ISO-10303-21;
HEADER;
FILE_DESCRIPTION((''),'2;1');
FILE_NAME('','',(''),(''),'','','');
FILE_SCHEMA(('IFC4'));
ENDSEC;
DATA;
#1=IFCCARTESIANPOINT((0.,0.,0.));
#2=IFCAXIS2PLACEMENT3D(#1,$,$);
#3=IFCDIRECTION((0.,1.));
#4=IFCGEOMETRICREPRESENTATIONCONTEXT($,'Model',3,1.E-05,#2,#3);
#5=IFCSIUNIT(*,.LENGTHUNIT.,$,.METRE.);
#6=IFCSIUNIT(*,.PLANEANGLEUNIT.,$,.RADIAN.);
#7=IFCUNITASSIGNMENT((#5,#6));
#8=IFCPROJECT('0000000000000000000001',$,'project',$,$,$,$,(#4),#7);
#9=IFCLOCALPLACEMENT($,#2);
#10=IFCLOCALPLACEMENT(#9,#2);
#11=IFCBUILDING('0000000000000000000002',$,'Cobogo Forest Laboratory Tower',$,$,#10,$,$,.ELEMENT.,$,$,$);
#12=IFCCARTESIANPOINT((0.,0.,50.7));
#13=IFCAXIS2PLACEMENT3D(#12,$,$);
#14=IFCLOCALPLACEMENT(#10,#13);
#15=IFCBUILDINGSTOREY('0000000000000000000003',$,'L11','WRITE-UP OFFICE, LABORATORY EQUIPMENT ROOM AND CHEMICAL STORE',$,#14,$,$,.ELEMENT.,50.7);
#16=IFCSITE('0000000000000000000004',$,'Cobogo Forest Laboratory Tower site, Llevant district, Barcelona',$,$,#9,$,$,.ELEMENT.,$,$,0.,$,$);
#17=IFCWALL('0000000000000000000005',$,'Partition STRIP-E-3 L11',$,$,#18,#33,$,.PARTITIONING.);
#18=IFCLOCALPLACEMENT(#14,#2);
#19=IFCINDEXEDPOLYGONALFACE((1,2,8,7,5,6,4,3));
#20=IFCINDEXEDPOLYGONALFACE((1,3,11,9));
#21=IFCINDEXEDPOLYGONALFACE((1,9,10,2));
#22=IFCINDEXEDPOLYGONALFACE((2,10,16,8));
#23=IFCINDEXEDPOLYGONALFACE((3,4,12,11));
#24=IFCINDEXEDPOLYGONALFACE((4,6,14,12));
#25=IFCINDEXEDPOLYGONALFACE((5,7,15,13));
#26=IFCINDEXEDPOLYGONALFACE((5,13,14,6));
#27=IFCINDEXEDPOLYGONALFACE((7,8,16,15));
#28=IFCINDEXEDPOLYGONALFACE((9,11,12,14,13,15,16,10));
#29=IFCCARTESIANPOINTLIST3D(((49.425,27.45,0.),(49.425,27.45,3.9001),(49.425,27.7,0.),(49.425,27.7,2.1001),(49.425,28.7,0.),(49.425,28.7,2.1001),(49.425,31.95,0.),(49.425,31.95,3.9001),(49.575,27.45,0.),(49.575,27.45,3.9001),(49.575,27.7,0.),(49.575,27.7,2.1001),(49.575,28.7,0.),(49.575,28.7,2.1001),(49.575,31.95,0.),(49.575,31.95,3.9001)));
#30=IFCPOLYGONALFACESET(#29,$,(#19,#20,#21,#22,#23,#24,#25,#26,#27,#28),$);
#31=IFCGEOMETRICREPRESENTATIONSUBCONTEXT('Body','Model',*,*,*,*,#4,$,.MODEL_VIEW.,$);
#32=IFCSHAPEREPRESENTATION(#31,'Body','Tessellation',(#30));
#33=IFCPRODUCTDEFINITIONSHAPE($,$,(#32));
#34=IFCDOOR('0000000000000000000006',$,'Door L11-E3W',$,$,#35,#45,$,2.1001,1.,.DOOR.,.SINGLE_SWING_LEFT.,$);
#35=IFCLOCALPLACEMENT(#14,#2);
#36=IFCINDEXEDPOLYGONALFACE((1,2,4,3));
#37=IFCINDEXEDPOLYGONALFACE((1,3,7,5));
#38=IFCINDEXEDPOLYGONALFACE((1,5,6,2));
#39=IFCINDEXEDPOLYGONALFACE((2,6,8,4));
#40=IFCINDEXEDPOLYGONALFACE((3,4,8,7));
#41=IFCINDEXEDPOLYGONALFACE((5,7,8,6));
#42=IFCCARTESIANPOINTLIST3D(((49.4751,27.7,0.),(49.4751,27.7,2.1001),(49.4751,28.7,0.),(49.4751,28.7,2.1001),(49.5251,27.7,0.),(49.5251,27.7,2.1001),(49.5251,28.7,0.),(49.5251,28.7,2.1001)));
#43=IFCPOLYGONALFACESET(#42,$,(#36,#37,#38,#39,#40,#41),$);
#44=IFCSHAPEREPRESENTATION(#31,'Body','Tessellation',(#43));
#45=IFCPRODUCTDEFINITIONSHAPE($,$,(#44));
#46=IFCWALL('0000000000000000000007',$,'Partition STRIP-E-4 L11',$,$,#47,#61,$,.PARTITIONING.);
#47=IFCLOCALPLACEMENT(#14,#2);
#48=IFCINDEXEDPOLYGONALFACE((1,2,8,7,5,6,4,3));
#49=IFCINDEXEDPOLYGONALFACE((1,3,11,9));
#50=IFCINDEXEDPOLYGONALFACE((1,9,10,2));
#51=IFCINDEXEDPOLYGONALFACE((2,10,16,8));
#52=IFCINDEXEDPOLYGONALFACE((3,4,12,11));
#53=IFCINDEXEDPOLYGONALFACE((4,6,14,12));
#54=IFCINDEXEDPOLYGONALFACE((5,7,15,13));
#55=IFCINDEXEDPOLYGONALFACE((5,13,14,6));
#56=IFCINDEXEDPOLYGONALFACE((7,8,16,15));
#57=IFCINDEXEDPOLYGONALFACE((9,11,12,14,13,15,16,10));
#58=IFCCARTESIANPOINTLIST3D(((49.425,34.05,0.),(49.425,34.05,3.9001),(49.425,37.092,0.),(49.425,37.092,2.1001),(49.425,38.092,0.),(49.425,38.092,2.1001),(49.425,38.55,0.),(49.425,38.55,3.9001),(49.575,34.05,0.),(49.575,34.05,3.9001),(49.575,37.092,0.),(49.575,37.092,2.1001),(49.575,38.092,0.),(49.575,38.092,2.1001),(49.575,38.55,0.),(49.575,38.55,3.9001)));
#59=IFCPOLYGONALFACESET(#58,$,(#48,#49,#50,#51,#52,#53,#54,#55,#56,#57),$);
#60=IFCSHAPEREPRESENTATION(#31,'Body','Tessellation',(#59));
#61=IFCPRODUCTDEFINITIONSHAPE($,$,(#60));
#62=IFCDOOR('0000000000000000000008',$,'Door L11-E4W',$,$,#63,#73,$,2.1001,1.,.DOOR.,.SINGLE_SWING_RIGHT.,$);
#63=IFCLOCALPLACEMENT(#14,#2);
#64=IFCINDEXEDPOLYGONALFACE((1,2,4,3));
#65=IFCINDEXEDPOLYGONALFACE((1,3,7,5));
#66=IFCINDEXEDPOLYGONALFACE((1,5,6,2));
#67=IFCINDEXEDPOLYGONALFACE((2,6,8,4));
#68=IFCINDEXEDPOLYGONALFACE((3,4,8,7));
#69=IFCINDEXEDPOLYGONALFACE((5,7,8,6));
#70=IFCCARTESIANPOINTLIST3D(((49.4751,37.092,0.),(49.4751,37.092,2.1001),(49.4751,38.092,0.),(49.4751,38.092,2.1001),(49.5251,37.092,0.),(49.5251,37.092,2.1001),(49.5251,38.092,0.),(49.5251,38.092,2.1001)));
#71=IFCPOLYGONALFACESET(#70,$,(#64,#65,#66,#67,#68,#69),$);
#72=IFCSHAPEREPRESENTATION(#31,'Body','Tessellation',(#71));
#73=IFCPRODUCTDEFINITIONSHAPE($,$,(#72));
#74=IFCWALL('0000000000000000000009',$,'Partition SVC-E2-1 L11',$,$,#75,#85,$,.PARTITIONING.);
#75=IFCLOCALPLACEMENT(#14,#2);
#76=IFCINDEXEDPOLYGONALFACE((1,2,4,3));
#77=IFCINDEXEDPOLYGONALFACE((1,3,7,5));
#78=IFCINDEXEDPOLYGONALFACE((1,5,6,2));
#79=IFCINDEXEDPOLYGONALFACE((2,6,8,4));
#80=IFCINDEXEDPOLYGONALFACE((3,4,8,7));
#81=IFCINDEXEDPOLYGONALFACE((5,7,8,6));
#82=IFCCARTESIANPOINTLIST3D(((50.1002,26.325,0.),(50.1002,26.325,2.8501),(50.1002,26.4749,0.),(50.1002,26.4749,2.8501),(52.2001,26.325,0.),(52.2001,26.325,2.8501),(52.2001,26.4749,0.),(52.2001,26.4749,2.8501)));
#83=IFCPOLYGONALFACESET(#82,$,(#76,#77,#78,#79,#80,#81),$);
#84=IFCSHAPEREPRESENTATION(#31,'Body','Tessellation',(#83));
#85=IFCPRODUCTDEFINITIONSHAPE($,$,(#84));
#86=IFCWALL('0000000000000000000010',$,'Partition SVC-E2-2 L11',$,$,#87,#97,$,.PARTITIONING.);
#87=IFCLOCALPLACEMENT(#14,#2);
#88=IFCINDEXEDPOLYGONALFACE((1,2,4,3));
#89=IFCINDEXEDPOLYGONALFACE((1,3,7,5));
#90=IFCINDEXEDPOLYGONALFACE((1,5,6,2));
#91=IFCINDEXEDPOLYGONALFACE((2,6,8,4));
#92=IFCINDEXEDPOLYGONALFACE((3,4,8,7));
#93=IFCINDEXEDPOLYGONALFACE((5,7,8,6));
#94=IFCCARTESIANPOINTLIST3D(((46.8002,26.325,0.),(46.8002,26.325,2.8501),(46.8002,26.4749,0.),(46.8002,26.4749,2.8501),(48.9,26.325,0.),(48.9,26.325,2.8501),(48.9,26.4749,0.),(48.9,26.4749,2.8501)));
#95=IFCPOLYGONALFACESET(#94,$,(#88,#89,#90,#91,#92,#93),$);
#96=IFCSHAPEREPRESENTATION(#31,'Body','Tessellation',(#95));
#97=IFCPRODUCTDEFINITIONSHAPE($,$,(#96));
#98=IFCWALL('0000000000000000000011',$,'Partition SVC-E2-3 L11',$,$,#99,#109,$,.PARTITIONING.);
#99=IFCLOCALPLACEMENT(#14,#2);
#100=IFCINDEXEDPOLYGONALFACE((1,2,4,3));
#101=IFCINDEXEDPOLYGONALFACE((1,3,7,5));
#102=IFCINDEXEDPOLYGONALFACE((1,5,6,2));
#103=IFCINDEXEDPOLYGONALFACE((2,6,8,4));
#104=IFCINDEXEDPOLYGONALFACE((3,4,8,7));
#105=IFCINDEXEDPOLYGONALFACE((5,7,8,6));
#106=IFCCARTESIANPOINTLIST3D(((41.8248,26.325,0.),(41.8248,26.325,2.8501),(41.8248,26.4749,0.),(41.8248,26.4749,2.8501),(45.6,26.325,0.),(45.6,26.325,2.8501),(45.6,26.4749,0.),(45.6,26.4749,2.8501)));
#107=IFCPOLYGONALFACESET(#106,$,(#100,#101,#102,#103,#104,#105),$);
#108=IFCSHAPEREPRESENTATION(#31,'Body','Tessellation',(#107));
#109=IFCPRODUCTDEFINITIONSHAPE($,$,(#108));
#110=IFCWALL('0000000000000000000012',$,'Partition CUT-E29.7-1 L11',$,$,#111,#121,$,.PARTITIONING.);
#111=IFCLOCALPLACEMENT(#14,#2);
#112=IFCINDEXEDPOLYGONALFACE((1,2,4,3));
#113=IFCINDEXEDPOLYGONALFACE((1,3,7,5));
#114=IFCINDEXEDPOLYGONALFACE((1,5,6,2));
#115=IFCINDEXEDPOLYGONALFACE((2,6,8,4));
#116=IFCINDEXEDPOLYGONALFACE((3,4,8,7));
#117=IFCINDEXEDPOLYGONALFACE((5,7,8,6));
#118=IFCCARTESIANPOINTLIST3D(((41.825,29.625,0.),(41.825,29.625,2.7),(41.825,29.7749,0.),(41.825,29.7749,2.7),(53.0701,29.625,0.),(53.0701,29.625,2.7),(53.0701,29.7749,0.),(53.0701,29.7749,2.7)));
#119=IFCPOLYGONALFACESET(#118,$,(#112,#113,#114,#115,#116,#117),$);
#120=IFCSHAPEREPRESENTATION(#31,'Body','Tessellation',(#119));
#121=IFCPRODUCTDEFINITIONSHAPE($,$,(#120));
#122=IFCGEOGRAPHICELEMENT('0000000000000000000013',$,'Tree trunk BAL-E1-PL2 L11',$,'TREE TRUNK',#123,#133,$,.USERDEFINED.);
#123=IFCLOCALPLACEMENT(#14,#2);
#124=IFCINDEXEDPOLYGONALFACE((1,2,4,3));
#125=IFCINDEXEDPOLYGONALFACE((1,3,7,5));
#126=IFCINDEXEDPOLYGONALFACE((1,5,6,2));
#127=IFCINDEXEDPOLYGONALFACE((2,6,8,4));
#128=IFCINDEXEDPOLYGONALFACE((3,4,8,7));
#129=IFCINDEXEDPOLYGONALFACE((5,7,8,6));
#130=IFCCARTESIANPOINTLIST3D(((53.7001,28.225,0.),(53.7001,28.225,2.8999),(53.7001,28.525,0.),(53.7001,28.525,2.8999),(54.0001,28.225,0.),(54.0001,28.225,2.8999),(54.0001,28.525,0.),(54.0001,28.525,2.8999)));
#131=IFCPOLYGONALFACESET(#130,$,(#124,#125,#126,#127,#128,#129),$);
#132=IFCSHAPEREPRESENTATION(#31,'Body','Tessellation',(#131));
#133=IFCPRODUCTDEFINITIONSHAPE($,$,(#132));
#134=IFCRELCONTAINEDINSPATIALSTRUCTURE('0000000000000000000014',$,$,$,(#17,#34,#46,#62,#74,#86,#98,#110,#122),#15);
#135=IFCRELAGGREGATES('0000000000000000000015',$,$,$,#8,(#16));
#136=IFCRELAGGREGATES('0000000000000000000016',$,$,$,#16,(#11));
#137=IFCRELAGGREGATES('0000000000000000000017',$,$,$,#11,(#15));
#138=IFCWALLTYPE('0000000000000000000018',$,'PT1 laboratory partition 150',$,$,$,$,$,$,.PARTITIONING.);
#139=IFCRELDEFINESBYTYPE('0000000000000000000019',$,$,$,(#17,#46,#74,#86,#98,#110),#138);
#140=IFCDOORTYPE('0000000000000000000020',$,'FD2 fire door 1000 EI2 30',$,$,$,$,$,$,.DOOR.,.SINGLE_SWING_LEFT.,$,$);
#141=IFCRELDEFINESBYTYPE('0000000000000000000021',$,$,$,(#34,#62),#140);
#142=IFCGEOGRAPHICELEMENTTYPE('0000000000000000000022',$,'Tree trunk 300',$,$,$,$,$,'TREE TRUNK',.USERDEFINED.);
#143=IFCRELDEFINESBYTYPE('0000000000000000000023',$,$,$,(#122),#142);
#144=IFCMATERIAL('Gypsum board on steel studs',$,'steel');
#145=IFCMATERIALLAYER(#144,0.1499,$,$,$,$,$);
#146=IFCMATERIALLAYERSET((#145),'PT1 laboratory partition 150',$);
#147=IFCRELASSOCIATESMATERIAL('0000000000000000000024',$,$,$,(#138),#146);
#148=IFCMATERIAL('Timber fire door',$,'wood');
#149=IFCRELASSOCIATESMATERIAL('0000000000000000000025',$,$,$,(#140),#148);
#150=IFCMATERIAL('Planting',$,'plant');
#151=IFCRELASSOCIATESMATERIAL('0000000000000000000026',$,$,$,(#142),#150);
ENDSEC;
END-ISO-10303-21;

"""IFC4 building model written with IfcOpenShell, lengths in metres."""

from ifc_helpers import new_model, si_unit, direction, frame, frame_2d, origin, origin_2d, place, context, subcontext, project, spatial, rectangle, extrude, material, layer, layer_set, type_object, element, fill, save


model = new_model("IFC4")

# Units and contexts
model_context = context("Model", 3, precision=1e-05, world=origin(), true_north=direction((0.0, 1.0)))
body_context = subcontext(model_context, "Body", "Model", "MODEL_VIEW")
ifc_project = project(units=[si_unit("LENGTHUNIT", "METRE"), si_unit("PLANEANGLEUNIT", "RADIAN")], contexts=[model_context])

# Site, building, storey
site_placement = place(None, origin())
site = spatial("IfcSite", under=ifc_project, at=site_placement, Name="Cobogo Forest Laboratory Tower site, Llevant district, Barcelona", CompositionType="ELEMENT", RefElevation=0.0)
building_placement = place(site_placement, origin())
building = spatial("IfcBuilding", under=site, at=building_placement, Name="Cobogo Forest Laboratory Tower", CompositionType="ELEMENT")
storey_placement = place(building_placement, frame((0.0, 0.0, 50.7)))
storey = spatial("IfcBuildingStorey", under=building, at=storey_placement, Name="L11", Description="WRITE-UP OFFICE, LABORATORY EQUIPMENT ROOM AND CHEMICAL STORE", CompositionType="ELEMENT", Elevation=50.7)

# Walls, openings, doors
ifc_material_1 = material(Name="Gypsum board on steel studs", Category="steel")
ifc_layer_1 = layer(ifc_material_1, 0.1499)
ifc_layer_set_1 = layer_set([ifc_layer_1], Name="PT1 laboratory partition 150")
wall_type = type_object("IfcWallType", Name="PT1 laboratory partition 150", PredefinedType="PARTITIONING", material=ifc_layer_set_1)
wall_1_placement = place(storey_placement, frame((49.5, 27.45, 0.0), z_axis=(0.0, 0.0, 1.0), x_axis=(0.0, 1.0, 0.0)))
wall_1 = element("IfcWall", 1, at=wall_1_placement, inside=storey, type_object=wall_type, Name="Partition STRIP-E-3 L11", PredefinedType="PARTITIONING", context=body_context, shape_type="SweptSolid", body=[
    extrude(rectangle(XDim=4.5, YDim=0.1499, at=frame_2d((2.25, 0.0))), origin(), (0.0, 0.0, 1.0), 3.9001),
])
opening_1_placement = place(wall_1_placement, frame((0.25, 0.0, 0.0)))
opening_1 = element("IfcOpeningElement", 2, at=opening_1_placement, cuts=wall_1, PredefinedType="OPENING", context=body_context, shape_type="SweptSolid", body=[
    extrude(rectangle(XDim=1.0, YDim=2.1001, at=frame_2d((0.5, 1.05))), frame((0.0, 0.085, 0.0), z_axis=(0.0, -1.0, 0.0), x_axis=(1.0, 0.0, 0.0)), (0.0, 0.0, 1.0), 0.1699),
])
ifc_material_2 = material(Name="Timber fire door", Category="wood")
door_type = type_object("IfcDoorType", Name="FD2 fire door 1000 EI2 30", OperationType="SINGLE_SWING_LEFT", PredefinedType="DOOR", material=ifc_material_2)
door_1_placement = place(opening_1_placement, origin())
door_1 = element("IfcDoor", 3, at=door_1_placement, inside=storey, type_object=door_type, Name="Door L11-E3W", OperationType="SINGLE_SWING_LEFT", OverallHeight=2.1001, OverallWidth=1.0, PredefinedType="DOOR", context=body_context, shape_type="SweptSolid", body=[
    extrude(rectangle(XDim=1.0, YDim=2.1001, at=frame_2d((0.5, 1.05))), frame((0.0, 0.0249, 0.0), z_axis=(0.0, -1.0, 0.0), x_axis=(1.0, 0.0, 0.0)), (0.0, 0.0, 1.0), 0.05),
])
fill(opening_1, door_1)
wall_2_placement = place(storey_placement, frame((49.5, 34.05, 0.0), z_axis=(0.0, 0.0, 1.0), x_axis=(0.0, 1.0, 0.0)))
wall_2 = element("IfcWall", 4, at=wall_2_placement, inside=storey, type_object=wall_type, Name="Partition STRIP-E-4 L11", PredefinedType="PARTITIONING", context=body_context, shape_type="SweptSolid", body=[
    extrude(rectangle(XDim=4.5, YDim=0.1499, at=frame_2d((2.25, 0.0))), origin(), (0.0, 0.0, 1.0), 3.9001),
])
opening_2_placement = place(wall_2_placement, frame((3.042, 0.0, 0.0)))
opening_2 = element("IfcOpeningElement", 5, at=opening_2_placement, cuts=wall_2, PredefinedType="OPENING", context=body_context, shape_type="SweptSolid", body=[
    extrude(rectangle(XDim=1.0, YDim=2.1001, at=frame_2d((0.5, 1.05))), frame((0.0, 0.085, 0.0), z_axis=(0.0, -1.0, 0.0), x_axis=(1.0, 0.0, 0.0)), (0.0, 0.0, 1.0), 0.1699),
])
door_2_placement = place(opening_2_placement, origin())
door_2 = element("IfcDoor", 6, at=door_2_placement, inside=storey, type_object=door_type, Name="Door L11-E4W", OperationType="SINGLE_SWING_RIGHT", OverallHeight=2.1001, OverallWidth=1.0, PredefinedType="DOOR", context=body_context, shape_type="SweptSolid", body=[
    extrude(rectangle(XDim=1.0, YDim=2.1001, at=frame_2d((0.5, 1.05))), frame((0.0, 0.0249, 0.0), z_axis=(0.0, -1.0, 0.0), x_axis=(1.0, 0.0, 0.0)), (0.0, 0.0, 1.0), 0.05),
])
fill(opening_2, door_2)

# Walls
for number, where, z_axis, x_axis, name in (
    (7, (52.2, 26.3999, 0.0), (0.0, 0.0, 1.0), (-1.0, 0.0, 0.0), "Partition SVC-E2-1 L11"),
    (8, (48.8999, 26.3999, 0.0), (0.0, 0.0, 1.0), (-1.0, 0.0, 0.0), "Partition SVC-E2-2 L11"),
):
    element("IfcWall", number, at=place(storey_placement, frame(where, z_axis=z_axis, x_axis=x_axis)), inside=storey, type_object=wall_type, Name=name, PredefinedType="PARTITIONING", context=body_context, shape_type="SweptSolid", body=[
        extrude(rectangle(XDim=2.0999, YDim=0.1499, at=frame_2d((1.0498, 0.0))), origin(), (0.0, 0.0, 1.0), 2.8501),
    ])
wall_3_placement = place(storey_placement, frame((45.6001, 26.3999, 0.0), z_axis=(0.0, 0.0, 1.0), x_axis=(-1.0, 0.0, 0.0)))
element("IfcWall", 9, at=wall_3_placement, inside=storey, type_object=wall_type, Name="Partition SVC-E2-3 L11", PredefinedType="PARTITIONING", context=body_context, shape_type="SweptSolid", body=[
    extrude(rectangle(XDim=3.7751, YDim=0.1499, at=frame_2d((1.8877, 0.0))), origin(), (0.0, 0.0, 1.0), 2.8501),
])
wall_4_placement = place(storey_placement, frame((53.0701, 29.7, 0.0), z_axis=(0.0, 0.0, 1.0), x_axis=(-1.0, 0.0, 0.0)))
element("IfcWall", 10, at=wall_4_placement, inside=storey, type_object=wall_type, Name="Partition CUT-E29.7-1 L11", PredefinedType="PARTITIONING", context=body_context, shape_type="SweptSolid", body=[
    extrude(rectangle(XDim=11.2451, YDim=0.1499, at=frame_2d((5.6226, 0.0))), origin(), (0.0, 0.0, 1.0), 2.7),
])

# Geographic element
ifc_material_3 = material(Name="Planting", Category="plant")
geographic_element_type = type_object("IfcGeographicElementType", Name="Tree trunk 300", ElementType="TREE TRUNK", PredefinedType="USERDEFINED", material=ifc_material_3)
geographic_element_placement = place(storey_placement, frame((53.8501, 28.375, 0.0), z_axis=(0.0, 0.0, 1.0), x_axis=(1.0, 0.0, 0.0)))
element("IfcGeographicElement", 11, at=geographic_element_placement, inside=storey, type_object=geographic_element_type, Name="Tree trunk BAL-E1-PL2 L11", ObjectType="TREE TRUNK", PredefinedType="USERDEFINED", context=body_context, shape_type="SweptSolid", body=[
    extrude(rectangle(XDim=0.3, YDim=0.3, at=origin_2d()), origin(), (0.0, 0.0, 1.0), 2.8999),
])

save(model, "model.ifc")
